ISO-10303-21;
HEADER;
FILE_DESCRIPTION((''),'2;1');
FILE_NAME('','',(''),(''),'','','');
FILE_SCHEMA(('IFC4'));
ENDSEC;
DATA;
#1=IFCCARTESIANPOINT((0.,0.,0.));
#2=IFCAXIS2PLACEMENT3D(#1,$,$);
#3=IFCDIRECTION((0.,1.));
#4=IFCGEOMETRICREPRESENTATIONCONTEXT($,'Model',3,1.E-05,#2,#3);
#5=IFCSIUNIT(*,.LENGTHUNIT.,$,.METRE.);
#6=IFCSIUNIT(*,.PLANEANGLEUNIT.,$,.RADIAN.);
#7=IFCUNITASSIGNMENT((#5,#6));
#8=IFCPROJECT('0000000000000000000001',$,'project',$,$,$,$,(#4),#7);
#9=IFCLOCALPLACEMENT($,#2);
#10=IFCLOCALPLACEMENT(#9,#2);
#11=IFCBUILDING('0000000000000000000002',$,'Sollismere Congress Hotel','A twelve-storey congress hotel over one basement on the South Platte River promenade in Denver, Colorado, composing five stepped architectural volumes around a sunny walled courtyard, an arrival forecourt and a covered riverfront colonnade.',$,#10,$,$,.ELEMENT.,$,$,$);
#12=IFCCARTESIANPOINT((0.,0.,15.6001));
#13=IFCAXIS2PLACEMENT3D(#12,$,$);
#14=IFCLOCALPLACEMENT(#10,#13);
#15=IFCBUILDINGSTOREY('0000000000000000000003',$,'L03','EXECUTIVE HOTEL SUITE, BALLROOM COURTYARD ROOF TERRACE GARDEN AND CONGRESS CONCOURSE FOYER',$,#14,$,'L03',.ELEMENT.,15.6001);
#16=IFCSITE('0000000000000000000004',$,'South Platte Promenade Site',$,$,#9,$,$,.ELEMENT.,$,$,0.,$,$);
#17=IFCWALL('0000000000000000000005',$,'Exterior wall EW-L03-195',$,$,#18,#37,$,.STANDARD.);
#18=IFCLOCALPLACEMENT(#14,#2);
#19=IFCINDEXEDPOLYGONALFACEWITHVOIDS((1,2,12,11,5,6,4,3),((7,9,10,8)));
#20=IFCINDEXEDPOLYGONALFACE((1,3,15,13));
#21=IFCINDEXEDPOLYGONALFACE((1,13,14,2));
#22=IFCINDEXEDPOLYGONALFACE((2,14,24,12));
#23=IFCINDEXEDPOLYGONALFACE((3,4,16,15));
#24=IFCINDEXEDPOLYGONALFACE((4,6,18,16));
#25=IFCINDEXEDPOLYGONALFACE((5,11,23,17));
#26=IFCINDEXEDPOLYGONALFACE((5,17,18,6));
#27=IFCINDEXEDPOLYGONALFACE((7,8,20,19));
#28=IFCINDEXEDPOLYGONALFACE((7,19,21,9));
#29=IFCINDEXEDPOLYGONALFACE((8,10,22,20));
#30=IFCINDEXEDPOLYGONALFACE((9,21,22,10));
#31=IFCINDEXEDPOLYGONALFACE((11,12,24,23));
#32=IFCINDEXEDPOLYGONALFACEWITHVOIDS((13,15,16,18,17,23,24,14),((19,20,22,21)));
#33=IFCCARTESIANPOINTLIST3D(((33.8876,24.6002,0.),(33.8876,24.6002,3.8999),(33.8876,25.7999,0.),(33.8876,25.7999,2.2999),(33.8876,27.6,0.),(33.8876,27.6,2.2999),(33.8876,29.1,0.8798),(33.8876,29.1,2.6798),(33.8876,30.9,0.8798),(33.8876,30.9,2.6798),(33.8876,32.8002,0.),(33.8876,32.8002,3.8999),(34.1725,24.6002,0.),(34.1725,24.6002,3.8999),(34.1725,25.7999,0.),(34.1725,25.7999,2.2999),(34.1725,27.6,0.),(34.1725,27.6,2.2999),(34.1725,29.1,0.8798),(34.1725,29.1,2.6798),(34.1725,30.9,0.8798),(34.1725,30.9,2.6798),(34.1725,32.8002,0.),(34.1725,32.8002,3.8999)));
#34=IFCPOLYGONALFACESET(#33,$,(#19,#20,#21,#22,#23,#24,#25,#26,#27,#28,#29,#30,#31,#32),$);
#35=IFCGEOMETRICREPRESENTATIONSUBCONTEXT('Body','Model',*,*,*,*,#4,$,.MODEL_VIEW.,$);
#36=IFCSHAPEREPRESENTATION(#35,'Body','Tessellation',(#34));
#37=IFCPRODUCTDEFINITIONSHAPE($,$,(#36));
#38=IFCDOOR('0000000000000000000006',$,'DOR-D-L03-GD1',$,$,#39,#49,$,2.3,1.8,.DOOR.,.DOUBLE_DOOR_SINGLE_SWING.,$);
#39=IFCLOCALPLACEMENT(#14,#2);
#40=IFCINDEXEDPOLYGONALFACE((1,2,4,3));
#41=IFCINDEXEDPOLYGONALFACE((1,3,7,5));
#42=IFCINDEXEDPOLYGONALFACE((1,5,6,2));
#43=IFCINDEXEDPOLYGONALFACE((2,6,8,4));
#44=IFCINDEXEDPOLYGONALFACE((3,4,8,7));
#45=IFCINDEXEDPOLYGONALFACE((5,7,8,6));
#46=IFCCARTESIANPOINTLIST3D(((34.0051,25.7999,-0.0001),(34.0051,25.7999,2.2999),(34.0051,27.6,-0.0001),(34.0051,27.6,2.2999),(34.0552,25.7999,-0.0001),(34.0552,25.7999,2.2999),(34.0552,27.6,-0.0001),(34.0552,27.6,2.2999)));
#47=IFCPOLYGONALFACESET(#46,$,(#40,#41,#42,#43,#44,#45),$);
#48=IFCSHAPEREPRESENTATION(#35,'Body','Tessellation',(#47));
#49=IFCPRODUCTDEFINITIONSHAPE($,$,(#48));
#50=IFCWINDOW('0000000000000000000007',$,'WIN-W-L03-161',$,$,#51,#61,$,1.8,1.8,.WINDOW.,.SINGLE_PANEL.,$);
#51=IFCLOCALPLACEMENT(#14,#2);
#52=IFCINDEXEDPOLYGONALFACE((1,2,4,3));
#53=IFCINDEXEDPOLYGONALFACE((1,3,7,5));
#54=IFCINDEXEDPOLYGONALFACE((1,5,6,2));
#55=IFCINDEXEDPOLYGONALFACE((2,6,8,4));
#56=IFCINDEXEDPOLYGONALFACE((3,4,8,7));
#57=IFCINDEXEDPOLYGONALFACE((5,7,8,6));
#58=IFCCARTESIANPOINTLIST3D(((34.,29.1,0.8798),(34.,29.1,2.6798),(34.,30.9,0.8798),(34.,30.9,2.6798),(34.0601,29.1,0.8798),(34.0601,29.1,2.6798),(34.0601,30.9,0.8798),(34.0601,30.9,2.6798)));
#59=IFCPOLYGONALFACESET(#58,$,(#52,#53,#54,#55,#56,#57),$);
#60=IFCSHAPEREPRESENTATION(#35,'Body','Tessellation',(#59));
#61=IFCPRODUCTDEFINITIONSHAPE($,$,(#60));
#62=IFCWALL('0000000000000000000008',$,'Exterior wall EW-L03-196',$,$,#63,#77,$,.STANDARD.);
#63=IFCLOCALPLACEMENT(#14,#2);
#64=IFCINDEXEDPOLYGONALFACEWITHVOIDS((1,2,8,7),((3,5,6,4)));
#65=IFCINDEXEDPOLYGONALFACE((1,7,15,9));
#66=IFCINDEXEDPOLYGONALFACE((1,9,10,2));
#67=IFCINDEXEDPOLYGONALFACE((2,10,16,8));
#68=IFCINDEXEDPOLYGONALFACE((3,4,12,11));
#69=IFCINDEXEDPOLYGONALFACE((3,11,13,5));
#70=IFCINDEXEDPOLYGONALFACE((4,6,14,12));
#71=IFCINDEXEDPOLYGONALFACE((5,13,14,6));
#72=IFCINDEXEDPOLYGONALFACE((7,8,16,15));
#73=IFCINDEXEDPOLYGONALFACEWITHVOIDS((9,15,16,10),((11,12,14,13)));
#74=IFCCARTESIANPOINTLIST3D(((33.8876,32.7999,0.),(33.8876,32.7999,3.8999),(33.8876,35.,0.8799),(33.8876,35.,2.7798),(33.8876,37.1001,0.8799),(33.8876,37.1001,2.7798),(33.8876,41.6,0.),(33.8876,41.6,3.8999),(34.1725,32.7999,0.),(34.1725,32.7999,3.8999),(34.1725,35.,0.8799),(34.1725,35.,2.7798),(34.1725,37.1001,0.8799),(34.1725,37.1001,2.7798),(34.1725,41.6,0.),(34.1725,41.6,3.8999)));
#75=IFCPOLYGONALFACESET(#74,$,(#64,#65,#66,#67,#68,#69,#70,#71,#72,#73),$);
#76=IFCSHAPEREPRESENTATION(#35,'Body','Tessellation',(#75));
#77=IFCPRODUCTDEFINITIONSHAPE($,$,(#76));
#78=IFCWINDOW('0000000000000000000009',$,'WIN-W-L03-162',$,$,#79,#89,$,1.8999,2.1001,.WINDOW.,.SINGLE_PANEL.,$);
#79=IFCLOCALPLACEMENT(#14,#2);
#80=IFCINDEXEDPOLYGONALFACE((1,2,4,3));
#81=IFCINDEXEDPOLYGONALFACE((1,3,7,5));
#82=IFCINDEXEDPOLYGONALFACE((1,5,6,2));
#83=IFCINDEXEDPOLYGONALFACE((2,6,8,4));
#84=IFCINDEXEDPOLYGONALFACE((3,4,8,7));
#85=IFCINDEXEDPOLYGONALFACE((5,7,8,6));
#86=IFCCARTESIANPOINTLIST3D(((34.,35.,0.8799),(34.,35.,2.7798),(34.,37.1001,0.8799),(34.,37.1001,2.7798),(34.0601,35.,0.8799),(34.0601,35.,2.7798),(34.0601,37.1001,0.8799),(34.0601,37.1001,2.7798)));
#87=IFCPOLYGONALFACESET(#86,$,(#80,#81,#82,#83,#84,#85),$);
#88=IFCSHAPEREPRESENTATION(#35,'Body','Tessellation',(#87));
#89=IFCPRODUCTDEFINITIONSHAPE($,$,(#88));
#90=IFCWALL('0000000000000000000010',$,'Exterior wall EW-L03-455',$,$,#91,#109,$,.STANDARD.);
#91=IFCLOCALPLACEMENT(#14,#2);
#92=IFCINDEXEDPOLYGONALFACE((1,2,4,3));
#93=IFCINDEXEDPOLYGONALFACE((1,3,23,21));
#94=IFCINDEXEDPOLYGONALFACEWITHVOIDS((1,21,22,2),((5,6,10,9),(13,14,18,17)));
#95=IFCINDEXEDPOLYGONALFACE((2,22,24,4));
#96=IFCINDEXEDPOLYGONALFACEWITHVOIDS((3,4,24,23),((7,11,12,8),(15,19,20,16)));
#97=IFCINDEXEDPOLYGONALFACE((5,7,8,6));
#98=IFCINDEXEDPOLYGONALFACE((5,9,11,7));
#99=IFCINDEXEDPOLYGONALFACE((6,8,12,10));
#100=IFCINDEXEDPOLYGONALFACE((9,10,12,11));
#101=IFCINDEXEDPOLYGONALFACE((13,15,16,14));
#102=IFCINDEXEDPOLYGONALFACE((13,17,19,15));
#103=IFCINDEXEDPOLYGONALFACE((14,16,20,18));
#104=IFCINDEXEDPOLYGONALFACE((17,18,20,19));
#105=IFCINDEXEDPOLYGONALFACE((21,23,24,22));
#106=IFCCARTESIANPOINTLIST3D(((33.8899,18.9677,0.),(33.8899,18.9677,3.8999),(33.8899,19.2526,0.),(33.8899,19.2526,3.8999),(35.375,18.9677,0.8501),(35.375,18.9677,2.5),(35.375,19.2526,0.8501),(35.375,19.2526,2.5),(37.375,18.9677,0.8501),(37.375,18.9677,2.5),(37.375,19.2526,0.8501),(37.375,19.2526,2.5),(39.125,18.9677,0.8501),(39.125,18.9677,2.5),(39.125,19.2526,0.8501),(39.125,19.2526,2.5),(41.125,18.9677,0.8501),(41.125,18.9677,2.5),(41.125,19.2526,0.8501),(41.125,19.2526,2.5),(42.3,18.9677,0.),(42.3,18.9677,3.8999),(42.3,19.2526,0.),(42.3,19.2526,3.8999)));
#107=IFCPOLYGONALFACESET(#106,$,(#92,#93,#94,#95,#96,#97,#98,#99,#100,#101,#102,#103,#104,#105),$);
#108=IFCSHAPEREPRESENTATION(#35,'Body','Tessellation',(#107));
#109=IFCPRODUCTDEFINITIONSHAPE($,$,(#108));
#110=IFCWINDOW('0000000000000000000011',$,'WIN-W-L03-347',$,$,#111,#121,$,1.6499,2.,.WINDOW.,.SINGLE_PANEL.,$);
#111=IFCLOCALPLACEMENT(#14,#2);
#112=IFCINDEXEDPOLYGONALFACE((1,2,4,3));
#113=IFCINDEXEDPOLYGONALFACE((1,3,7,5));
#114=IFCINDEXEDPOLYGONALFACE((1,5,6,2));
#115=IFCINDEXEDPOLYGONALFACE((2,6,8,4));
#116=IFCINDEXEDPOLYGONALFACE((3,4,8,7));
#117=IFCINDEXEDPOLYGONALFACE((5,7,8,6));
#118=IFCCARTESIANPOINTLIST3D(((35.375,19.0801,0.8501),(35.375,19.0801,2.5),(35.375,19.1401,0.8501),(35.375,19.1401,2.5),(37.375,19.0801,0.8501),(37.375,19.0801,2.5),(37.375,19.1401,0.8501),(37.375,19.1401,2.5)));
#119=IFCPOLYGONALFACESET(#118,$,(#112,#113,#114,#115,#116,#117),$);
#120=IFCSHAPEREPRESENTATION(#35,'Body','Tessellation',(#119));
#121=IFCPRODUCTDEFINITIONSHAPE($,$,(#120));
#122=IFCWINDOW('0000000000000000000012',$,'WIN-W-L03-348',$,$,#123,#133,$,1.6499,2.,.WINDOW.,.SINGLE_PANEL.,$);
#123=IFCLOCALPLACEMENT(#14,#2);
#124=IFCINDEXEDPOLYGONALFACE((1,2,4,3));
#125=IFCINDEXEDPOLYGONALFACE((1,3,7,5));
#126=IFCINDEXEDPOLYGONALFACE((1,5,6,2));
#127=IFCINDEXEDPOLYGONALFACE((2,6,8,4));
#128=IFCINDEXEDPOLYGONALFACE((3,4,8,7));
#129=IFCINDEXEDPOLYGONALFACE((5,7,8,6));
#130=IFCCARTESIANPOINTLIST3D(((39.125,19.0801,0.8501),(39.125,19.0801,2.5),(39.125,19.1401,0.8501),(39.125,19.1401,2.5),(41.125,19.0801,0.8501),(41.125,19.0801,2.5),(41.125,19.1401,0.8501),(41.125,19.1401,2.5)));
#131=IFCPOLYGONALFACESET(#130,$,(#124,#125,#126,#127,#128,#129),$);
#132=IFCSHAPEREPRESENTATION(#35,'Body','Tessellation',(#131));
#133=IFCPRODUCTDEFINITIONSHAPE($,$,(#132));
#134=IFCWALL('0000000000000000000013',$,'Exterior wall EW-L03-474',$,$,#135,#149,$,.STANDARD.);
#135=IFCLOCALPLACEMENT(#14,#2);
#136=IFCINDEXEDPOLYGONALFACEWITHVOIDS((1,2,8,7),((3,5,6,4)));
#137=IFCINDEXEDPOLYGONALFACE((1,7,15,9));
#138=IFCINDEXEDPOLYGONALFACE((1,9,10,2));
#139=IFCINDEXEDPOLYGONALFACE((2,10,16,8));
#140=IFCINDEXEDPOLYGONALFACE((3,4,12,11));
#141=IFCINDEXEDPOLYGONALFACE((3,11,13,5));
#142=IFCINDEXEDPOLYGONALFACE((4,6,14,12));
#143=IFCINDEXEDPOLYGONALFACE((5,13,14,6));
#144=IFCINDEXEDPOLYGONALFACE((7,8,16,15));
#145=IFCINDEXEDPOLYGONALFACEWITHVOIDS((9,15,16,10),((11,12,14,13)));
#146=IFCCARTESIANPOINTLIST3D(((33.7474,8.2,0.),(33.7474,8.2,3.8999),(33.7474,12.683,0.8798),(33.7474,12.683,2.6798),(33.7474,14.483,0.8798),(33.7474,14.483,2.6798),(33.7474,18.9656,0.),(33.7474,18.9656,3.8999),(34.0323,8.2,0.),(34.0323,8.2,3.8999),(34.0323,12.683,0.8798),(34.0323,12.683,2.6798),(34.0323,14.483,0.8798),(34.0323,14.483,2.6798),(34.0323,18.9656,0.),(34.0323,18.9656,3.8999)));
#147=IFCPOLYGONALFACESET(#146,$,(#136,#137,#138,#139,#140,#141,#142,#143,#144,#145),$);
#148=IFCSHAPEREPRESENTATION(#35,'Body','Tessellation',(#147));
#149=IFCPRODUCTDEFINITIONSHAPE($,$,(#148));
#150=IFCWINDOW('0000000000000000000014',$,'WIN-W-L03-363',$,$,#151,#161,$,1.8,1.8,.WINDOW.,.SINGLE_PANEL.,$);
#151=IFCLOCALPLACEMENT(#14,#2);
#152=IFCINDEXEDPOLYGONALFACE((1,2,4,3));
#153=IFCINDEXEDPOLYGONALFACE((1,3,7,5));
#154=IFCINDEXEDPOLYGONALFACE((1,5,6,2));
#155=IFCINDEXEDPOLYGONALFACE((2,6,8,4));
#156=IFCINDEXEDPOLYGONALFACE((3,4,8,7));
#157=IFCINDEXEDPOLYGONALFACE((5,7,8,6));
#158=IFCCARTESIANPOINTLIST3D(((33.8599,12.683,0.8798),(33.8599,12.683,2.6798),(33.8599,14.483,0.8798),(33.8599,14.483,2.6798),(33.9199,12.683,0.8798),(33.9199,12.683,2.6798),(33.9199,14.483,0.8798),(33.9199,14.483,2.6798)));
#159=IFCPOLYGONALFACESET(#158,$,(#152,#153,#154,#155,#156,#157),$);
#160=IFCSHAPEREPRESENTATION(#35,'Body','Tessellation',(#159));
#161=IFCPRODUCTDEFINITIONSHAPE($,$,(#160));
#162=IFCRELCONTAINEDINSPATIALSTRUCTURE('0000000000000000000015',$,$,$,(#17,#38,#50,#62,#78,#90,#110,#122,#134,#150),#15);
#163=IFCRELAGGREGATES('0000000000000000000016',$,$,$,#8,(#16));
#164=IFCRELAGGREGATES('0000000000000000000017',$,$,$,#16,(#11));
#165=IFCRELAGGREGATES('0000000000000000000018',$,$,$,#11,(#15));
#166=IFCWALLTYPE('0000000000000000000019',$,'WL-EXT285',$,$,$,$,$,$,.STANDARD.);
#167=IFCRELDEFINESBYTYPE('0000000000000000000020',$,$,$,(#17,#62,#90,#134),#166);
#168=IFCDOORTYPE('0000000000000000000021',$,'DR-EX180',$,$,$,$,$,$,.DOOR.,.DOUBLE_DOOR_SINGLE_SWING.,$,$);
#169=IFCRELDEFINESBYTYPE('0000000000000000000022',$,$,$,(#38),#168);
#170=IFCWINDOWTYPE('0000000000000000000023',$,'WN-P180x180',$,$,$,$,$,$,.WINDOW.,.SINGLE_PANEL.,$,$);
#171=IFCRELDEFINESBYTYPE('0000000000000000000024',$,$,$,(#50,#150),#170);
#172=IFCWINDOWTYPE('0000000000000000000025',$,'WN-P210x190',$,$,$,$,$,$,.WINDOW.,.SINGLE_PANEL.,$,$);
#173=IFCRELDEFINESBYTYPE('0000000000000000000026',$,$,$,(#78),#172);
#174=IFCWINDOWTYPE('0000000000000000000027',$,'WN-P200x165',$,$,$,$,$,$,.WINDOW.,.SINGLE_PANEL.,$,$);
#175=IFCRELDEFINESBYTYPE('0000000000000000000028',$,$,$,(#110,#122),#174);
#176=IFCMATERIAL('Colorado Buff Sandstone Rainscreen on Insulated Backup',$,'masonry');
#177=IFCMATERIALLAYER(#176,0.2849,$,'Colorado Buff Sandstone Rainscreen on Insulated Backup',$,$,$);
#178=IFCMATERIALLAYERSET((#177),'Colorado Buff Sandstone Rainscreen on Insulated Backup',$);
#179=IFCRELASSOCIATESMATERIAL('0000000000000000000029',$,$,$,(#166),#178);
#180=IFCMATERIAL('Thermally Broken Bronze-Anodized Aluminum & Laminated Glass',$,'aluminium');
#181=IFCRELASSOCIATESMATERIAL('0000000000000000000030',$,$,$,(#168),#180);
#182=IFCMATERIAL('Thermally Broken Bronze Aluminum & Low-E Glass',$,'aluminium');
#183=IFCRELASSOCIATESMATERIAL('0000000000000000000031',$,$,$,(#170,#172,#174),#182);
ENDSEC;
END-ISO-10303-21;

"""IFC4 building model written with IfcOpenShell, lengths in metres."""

from ifc_helpers import new_model, si_unit, direction, frame, frame_2d, origin, place, context, subcontext, project, spatial, rectangle, extrude, material, layer, layer_set, type_object, element, fill, save


model = new_model("IFC4")

# Units and contexts
model_context = context("Model", 3, precision=1e-05, world=origin(), true_north=direction((0.0, 1.0)))
body_context = subcontext(model_context, "Body", "Model", "MODEL_VIEW")
ifc_project = project(units=[si_unit("LENGTHUNIT", "METRE"), si_unit("PLANEANGLEUNIT", "RADIAN")], contexts=[model_context])

# Site, building, storey
site_placement = place(None, origin())
site = spatial("IfcSite", under=ifc_project, at=site_placement, Name="South Platte Promenade Site", CompositionType="ELEMENT", RefElevation=0.0)
building_placement = place(site_placement, origin())
building = spatial("IfcBuilding", under=site, at=building_placement, Name="Sollismere Congress Hotel", Description="A twelve-storey congress hotel over one basement on the South Platte River promenade in Denver, Colorado, composing five stepped architectural volumes around a sunny walled courtyard, an arrival forecourt and a covered riverfront colonnade.", CompositionType="ELEMENT")
storey_placement = place(building_placement, frame((0.0, 0.0, 15.6001)))
storey = spatial("IfcBuildingStorey", under=building, at=storey_placement, Name="L03", Description="EXECUTIVE HOTEL SUITE, BALLROOM COURTYARD ROOF TERRACE GARDEN AND CONGRESS CONCOURSE FOYER", LongName="L03", CompositionType="ELEMENT", Elevation=15.6001)

# Wall, openings, door, window
ifc_material_1 = material(Name="Colorado Buff Sandstone Rainscreen on Insulated Backup", Category="masonry")
ifc_layer_1 = layer(ifc_material_1, 0.2849, Name="Colorado Buff Sandstone Rainscreen on Insulated Backup")
ifc_layer_set_1 = layer_set([ifc_layer_1], Name="Colorado Buff Sandstone Rainscreen on Insulated Backup")
wall_type_1 = type_object("IfcWallType", Name="WL-EXT285", PredefinedType="STANDARD", material=ifc_layer_set_1)
wall_1_placement = place(storey_placement, frame((34.03, 24.6001, 0.0), z_axis=(0.0, 0.0, 1.0), x_axis=(0.0, 1.0, 0.0)))
wall_1 = element("IfcWall", 1, at=wall_1_placement, inside=storey, type_object=wall_type_1, Name="Exterior wall EW-L03-195", PredefinedType="STANDARD", context=body_context, shape_type="SweptSolid", body=[
    extrude(rectangle(XDim=8.2, YDim=0.2849, at=frame_2d((4.1001, 0.0))), origin(), (0.0, 0.0, 1.0), 3.8999),
])
opening_1_placement = place(wall_1_placement, frame((1.2, 0.0, 0.0)))
opening_1 = element("IfcOpeningElement", 2, at=opening_1_placement, cuts=wall_1, PredefinedType="OPENING", context=body_context, shape_type="SweptSolid", body=[
    extrude(rectangle(XDim=1.8, YDim=2.3, at=frame_2d((0.8999, 1.1499))), frame((0.0, 0.1523, 0.0), z_axis=(0.0, -1.0, 0.0), x_axis=(1.0, 0.0, 0.0)), (0.0, 0.0, 1.0), 0.3049),
])
opening_2_placement = place(wall_1_placement, frame((4.5, 0.0, 0.8799)))
opening_2 = element("IfcOpeningElement", 3, at=opening_2_placement, cuts=wall_1, PredefinedType="OPENING", context=body_context, shape_type="SweptSolid", body=[
    extrude(rectangle(XDim=1.8, YDim=1.8, at=frame_2d((0.8999, 0.8999))), frame((0.0, 0.1523, 0.0), z_axis=(0.0, -1.0, 0.0), x_axis=(1.0, 0.0, 0.0)), (0.0, 0.0, 1.0), 0.3049),
])
ifc_material_2 = material(Name="Thermally Broken Bronze-Anodized Aluminum & Laminated Glass", Category="aluminium")
door_type_1 = type_object("IfcDoorType", Name="DR-EX180", OperationType="DOUBLE_DOOR_SINGLE_SWING", PredefinedType="DOOR", material=ifc_material_2)
door_1_placement = place(opening_1_placement, origin())
door_1 = element("IfcDoor", 4, at=door_1_placement, inside=storey, type_object=door_type_1, Name="DOR-D-L03-GD1", OperationType="DOUBLE_DOOR_SINGLE_SWING", OverallHeight=2.3, OverallWidth=1.8, PredefinedType="DOOR", context=body_context, shape_type="SweptSolid", body=[
    extrude(rectangle(XDim=1.8, YDim=2.3, at=frame_2d((0.8999, 1.1499))), frame((0.0, 0.0249, 0.0), z_axis=(0.0, -1.0, 0.0), x_axis=(1.0, 0.0, 0.0)), (0.0, 0.0, 1.0), 0.05),
])
fill(opening_1, door_1)
ifc_material_3 = material(Name="Thermally Broken Bronze Aluminum & Low-E Glass", Category="aluminium")
window_type_1 = type_object("IfcWindowType", Name="WN-P180x180", PartitioningType="SINGLE_PANEL", PredefinedType="WINDOW", material=ifc_material_3)
window_1_placement = place(opening_2_placement, origin())
window_1 = element("IfcWindow", 5, at=window_1_placement, inside=storey, type_object=window_type_1, Name="WIN-W-L03-161", OverallHeight=1.8, OverallWidth=1.8, PartitioningType="SINGLE_PANEL", PredefinedType="WINDOW", context=body_context, shape_type="SweptSolid", body=[
    extrude(rectangle(XDim=1.8, YDim=1.8, at=frame_2d((0.8999, 0.8999))), frame((0.0, 0.03, 0.0), z_axis=(0.0, -1.0, 0.0), x_axis=(1.0, 0.0, 0.0)), (0.0, 0.0, 1.0), 0.0601),
])
fill(opening_2, window_1)

# Wall, opening, window
wall_2_placement = place(storey_placement, frame((34.03, 32.8, 0.0), z_axis=(0.0, 0.0, 1.0), x_axis=(0.0, 1.0, 0.0)))
wall_2 = element("IfcWall", 6, at=wall_2_placement, inside=storey, type_object=wall_type_1, Name="Exterior wall EW-L03-196", PredefinedType="STANDARD", context=body_context, shape_type="SweptSolid", body=[
    extrude(rectangle(XDim=8.8, YDim=0.2849, at=frame_2d((4.3999, 0.0))), origin(), (0.0, 0.0, 1.0), 3.8999),
])
opening_3_placement = place(wall_2_placement, frame((2.2, 0.0, 0.8799)))
opening_3 = element("IfcOpeningElement", 7, at=opening_3_placement, cuts=wall_2, PredefinedType="OPENING", context=body_context, shape_type="SweptSolid", body=[
    extrude(rectangle(XDim=2.1001, YDim=1.8999, at=frame_2d((1.05, 0.95))), frame((0.0, 0.1523, 0.0), z_axis=(0.0, -1.0, 0.0), x_axis=(1.0, 0.0, 0.0)), (0.0, 0.0, 1.0), 0.3049),
])
window_type_2 = type_object("IfcWindowType", Name="WN-P210x190", PartitioningType="SINGLE_PANEL", PredefinedType="WINDOW", material=ifc_material_3)
window_2_placement = place(opening_3_placement, origin())
window_2 = element("IfcWindow", 8, at=window_2_placement, inside=storey, type_object=window_type_2, Name="WIN-W-L03-162", OverallHeight=1.8999, OverallWidth=2.1001, PartitioningType="SINGLE_PANEL", PredefinedType="WINDOW", context=body_context, shape_type="SweptSolid", body=[
    extrude(rectangle(XDim=2.1001, YDim=1.8999, at=frame_2d((1.05, 0.95))), frame((0.0, 0.03, 0.0), z_axis=(0.0, -1.0, 0.0), x_axis=(1.0, 0.0, 0.0)), (0.0, 0.0, 1.0), 0.0601),
])
fill(opening_3, window_2)

# Wall, openings, windows
wall_3_placement = place(storey_placement, frame((42.3, 19.1101, 0.0), z_axis=(0.0, 0.0, 1.0), x_axis=(-1.0, 0.0, 0.0)))
wall_3 = element("IfcWall", 9, at=wall_3_placement, inside=storey, type_object=wall_type_1, Name="Exterior wall EW-L03-455", PredefinedType="STANDARD", context=body_context, shape_type="SweptSolid", body=[
    extrude(rectangle(XDim=8.4102, YDim=0.2849, at=frame_2d((4.2051, 0.0))), origin(), (0.0, 0.0, 1.0), 3.8999),
])
opening_4_placement = place(wall_3_placement, frame((4.925, 0.0, 0.8501)))
opening_4 = element("IfcOpeningElement", 10, at=opening_4_placement, cuts=wall_3, PredefinedType="OPENING", context=body_context, shape_type="SweptSolid", body=[
    extrude(rectangle(XDim=2.0, YDim=1.6499, at=frame_2d((1.0, 0.825))), frame((0.0, 0.1523, 0.0), z_axis=(0.0, -1.0, 0.0), x_axis=(1.0, 0.0, 0.0)), (0.0, 0.0, 1.0), 0.3049),
])
opening_5_placement = place(wall_3_placement, frame((1.175, 0.0, 0.8501)))
opening_5 = element("IfcOpeningElement", 11, at=opening_5_placement, cuts=wall_3, PredefinedType="OPENING", context=body_context, shape_type="SweptSolid", body=[
    extrude(rectangle(XDim=2.0, YDim=1.6499, at=frame_2d((1.0, 0.825))), frame((0.0, 0.1523, 0.0), z_axis=(0.0, -1.0, 0.0), x_axis=(1.0, 0.0, 0.0)), (0.0, 0.0, 1.0), 0.3049),
])
window_type_3 = type_object("IfcWindowType", Name="WN-P200x165", PartitioningType="SINGLE_PANEL", PredefinedType="WINDOW", material=ifc_material_3)
window_3_placement = place(opening_4_placement, origin())
window_3 = element("IfcWindow", 12, at=window_3_placement, inside=storey, type_object=window_type_3, Name="WIN-W-L03-347", OverallHeight=1.6499, OverallWidth=2.0, PartitioningType="SINGLE_PANEL", PredefinedType="WINDOW", context=body_context, shape_type="SweptSolid", body=[
    extrude(rectangle(XDim=2.0, YDim=1.6499, at=frame_2d((1.0, 0.825))), frame((0.0, 0.03, 0.0), z_axis=(0.0, -1.0, 0.0), x_axis=(1.0, 0.0, 0.0)), (0.0, 0.0, 1.0), 0.0601),
])
fill(opening_4, window_3)
window_4_placement = place(opening_5_placement, origin())
window_4 = element("IfcWindow", 13, at=window_4_placement, inside=storey, type_object=window_type_3, Name="WIN-W-L03-348", OverallHeight=1.6499, OverallWidth=2.0, PartitioningType="SINGLE_PANEL", PredefinedType="WINDOW", context=body_context, shape_type="SweptSolid", body=[
    extrude(rectangle(XDim=2.0, YDim=1.6499, at=frame_2d((1.0, 0.825))), frame((0.0, 0.03, 0.0), z_axis=(0.0, -1.0, 0.0), x_axis=(1.0, 0.0, 0.0)), (0.0, 0.0, 1.0), 0.0601),
])
fill(opening_5, window_4)

# Wall, opening, window
wall_4_placement = place(storey_placement, frame((33.8899, 18.9656, 0.0), z_axis=(0.0, 0.0, 1.0), x_axis=(0.0, -1.0, 0.0)))
wall_4 = element("IfcWall", 14, at=wall_4_placement, inside=storey, type_object=wall_type_1, Name="Exterior wall EW-L03-474", PredefinedType="STANDARD", context=body_context, shape_type="SweptSolid", body=[
    extrude(rectangle(XDim=10.7656, YDim=0.2849, at=frame_2d((5.3828, 0.0))), origin(), (0.0, 0.0, 1.0), 3.8999),
])
opening_6_placement = place(wall_4_placement, frame((4.4827, 0.0, 0.8799)))
opening_6 = element("IfcOpeningElement", 15, at=opening_6_placement, cuts=wall_4, PredefinedType="OPENING", context=body_context, shape_type="SweptSolid", body=[
    extrude(rectangle(XDim=1.8, YDim=1.8, at=frame_2d((0.8999, 0.8999))), frame((0.0, 0.1523, 0.0), z_axis=(0.0, -1.0, 0.0), x_axis=(1.0, 0.0, 0.0)), (0.0, 0.0, 1.0), 0.3049),
])
window_5_placement = place(opening_6_placement, origin())
window_5 = element("IfcWindow", 16, at=window_5_placement, inside=storey, type_object=window_type_1, Name="WIN-W-L03-363", OverallHeight=1.8, OverallWidth=1.8, PartitioningType="SINGLE_PANEL", PredefinedType="WINDOW", context=body_context, shape_type="SweptSolid", body=[
    extrude(rectangle(XDim=1.8, YDim=1.8, at=frame_2d((0.8999, 0.8999))), frame((0.0, 0.03, 0.0), z_axis=(0.0, -1.0, 0.0), x_axis=(1.0, 0.0, 0.0)), (0.0, 0.0, 1.0), 0.0601),
])
fill(opening_6, window_5)

save(model, "model.ifc")
